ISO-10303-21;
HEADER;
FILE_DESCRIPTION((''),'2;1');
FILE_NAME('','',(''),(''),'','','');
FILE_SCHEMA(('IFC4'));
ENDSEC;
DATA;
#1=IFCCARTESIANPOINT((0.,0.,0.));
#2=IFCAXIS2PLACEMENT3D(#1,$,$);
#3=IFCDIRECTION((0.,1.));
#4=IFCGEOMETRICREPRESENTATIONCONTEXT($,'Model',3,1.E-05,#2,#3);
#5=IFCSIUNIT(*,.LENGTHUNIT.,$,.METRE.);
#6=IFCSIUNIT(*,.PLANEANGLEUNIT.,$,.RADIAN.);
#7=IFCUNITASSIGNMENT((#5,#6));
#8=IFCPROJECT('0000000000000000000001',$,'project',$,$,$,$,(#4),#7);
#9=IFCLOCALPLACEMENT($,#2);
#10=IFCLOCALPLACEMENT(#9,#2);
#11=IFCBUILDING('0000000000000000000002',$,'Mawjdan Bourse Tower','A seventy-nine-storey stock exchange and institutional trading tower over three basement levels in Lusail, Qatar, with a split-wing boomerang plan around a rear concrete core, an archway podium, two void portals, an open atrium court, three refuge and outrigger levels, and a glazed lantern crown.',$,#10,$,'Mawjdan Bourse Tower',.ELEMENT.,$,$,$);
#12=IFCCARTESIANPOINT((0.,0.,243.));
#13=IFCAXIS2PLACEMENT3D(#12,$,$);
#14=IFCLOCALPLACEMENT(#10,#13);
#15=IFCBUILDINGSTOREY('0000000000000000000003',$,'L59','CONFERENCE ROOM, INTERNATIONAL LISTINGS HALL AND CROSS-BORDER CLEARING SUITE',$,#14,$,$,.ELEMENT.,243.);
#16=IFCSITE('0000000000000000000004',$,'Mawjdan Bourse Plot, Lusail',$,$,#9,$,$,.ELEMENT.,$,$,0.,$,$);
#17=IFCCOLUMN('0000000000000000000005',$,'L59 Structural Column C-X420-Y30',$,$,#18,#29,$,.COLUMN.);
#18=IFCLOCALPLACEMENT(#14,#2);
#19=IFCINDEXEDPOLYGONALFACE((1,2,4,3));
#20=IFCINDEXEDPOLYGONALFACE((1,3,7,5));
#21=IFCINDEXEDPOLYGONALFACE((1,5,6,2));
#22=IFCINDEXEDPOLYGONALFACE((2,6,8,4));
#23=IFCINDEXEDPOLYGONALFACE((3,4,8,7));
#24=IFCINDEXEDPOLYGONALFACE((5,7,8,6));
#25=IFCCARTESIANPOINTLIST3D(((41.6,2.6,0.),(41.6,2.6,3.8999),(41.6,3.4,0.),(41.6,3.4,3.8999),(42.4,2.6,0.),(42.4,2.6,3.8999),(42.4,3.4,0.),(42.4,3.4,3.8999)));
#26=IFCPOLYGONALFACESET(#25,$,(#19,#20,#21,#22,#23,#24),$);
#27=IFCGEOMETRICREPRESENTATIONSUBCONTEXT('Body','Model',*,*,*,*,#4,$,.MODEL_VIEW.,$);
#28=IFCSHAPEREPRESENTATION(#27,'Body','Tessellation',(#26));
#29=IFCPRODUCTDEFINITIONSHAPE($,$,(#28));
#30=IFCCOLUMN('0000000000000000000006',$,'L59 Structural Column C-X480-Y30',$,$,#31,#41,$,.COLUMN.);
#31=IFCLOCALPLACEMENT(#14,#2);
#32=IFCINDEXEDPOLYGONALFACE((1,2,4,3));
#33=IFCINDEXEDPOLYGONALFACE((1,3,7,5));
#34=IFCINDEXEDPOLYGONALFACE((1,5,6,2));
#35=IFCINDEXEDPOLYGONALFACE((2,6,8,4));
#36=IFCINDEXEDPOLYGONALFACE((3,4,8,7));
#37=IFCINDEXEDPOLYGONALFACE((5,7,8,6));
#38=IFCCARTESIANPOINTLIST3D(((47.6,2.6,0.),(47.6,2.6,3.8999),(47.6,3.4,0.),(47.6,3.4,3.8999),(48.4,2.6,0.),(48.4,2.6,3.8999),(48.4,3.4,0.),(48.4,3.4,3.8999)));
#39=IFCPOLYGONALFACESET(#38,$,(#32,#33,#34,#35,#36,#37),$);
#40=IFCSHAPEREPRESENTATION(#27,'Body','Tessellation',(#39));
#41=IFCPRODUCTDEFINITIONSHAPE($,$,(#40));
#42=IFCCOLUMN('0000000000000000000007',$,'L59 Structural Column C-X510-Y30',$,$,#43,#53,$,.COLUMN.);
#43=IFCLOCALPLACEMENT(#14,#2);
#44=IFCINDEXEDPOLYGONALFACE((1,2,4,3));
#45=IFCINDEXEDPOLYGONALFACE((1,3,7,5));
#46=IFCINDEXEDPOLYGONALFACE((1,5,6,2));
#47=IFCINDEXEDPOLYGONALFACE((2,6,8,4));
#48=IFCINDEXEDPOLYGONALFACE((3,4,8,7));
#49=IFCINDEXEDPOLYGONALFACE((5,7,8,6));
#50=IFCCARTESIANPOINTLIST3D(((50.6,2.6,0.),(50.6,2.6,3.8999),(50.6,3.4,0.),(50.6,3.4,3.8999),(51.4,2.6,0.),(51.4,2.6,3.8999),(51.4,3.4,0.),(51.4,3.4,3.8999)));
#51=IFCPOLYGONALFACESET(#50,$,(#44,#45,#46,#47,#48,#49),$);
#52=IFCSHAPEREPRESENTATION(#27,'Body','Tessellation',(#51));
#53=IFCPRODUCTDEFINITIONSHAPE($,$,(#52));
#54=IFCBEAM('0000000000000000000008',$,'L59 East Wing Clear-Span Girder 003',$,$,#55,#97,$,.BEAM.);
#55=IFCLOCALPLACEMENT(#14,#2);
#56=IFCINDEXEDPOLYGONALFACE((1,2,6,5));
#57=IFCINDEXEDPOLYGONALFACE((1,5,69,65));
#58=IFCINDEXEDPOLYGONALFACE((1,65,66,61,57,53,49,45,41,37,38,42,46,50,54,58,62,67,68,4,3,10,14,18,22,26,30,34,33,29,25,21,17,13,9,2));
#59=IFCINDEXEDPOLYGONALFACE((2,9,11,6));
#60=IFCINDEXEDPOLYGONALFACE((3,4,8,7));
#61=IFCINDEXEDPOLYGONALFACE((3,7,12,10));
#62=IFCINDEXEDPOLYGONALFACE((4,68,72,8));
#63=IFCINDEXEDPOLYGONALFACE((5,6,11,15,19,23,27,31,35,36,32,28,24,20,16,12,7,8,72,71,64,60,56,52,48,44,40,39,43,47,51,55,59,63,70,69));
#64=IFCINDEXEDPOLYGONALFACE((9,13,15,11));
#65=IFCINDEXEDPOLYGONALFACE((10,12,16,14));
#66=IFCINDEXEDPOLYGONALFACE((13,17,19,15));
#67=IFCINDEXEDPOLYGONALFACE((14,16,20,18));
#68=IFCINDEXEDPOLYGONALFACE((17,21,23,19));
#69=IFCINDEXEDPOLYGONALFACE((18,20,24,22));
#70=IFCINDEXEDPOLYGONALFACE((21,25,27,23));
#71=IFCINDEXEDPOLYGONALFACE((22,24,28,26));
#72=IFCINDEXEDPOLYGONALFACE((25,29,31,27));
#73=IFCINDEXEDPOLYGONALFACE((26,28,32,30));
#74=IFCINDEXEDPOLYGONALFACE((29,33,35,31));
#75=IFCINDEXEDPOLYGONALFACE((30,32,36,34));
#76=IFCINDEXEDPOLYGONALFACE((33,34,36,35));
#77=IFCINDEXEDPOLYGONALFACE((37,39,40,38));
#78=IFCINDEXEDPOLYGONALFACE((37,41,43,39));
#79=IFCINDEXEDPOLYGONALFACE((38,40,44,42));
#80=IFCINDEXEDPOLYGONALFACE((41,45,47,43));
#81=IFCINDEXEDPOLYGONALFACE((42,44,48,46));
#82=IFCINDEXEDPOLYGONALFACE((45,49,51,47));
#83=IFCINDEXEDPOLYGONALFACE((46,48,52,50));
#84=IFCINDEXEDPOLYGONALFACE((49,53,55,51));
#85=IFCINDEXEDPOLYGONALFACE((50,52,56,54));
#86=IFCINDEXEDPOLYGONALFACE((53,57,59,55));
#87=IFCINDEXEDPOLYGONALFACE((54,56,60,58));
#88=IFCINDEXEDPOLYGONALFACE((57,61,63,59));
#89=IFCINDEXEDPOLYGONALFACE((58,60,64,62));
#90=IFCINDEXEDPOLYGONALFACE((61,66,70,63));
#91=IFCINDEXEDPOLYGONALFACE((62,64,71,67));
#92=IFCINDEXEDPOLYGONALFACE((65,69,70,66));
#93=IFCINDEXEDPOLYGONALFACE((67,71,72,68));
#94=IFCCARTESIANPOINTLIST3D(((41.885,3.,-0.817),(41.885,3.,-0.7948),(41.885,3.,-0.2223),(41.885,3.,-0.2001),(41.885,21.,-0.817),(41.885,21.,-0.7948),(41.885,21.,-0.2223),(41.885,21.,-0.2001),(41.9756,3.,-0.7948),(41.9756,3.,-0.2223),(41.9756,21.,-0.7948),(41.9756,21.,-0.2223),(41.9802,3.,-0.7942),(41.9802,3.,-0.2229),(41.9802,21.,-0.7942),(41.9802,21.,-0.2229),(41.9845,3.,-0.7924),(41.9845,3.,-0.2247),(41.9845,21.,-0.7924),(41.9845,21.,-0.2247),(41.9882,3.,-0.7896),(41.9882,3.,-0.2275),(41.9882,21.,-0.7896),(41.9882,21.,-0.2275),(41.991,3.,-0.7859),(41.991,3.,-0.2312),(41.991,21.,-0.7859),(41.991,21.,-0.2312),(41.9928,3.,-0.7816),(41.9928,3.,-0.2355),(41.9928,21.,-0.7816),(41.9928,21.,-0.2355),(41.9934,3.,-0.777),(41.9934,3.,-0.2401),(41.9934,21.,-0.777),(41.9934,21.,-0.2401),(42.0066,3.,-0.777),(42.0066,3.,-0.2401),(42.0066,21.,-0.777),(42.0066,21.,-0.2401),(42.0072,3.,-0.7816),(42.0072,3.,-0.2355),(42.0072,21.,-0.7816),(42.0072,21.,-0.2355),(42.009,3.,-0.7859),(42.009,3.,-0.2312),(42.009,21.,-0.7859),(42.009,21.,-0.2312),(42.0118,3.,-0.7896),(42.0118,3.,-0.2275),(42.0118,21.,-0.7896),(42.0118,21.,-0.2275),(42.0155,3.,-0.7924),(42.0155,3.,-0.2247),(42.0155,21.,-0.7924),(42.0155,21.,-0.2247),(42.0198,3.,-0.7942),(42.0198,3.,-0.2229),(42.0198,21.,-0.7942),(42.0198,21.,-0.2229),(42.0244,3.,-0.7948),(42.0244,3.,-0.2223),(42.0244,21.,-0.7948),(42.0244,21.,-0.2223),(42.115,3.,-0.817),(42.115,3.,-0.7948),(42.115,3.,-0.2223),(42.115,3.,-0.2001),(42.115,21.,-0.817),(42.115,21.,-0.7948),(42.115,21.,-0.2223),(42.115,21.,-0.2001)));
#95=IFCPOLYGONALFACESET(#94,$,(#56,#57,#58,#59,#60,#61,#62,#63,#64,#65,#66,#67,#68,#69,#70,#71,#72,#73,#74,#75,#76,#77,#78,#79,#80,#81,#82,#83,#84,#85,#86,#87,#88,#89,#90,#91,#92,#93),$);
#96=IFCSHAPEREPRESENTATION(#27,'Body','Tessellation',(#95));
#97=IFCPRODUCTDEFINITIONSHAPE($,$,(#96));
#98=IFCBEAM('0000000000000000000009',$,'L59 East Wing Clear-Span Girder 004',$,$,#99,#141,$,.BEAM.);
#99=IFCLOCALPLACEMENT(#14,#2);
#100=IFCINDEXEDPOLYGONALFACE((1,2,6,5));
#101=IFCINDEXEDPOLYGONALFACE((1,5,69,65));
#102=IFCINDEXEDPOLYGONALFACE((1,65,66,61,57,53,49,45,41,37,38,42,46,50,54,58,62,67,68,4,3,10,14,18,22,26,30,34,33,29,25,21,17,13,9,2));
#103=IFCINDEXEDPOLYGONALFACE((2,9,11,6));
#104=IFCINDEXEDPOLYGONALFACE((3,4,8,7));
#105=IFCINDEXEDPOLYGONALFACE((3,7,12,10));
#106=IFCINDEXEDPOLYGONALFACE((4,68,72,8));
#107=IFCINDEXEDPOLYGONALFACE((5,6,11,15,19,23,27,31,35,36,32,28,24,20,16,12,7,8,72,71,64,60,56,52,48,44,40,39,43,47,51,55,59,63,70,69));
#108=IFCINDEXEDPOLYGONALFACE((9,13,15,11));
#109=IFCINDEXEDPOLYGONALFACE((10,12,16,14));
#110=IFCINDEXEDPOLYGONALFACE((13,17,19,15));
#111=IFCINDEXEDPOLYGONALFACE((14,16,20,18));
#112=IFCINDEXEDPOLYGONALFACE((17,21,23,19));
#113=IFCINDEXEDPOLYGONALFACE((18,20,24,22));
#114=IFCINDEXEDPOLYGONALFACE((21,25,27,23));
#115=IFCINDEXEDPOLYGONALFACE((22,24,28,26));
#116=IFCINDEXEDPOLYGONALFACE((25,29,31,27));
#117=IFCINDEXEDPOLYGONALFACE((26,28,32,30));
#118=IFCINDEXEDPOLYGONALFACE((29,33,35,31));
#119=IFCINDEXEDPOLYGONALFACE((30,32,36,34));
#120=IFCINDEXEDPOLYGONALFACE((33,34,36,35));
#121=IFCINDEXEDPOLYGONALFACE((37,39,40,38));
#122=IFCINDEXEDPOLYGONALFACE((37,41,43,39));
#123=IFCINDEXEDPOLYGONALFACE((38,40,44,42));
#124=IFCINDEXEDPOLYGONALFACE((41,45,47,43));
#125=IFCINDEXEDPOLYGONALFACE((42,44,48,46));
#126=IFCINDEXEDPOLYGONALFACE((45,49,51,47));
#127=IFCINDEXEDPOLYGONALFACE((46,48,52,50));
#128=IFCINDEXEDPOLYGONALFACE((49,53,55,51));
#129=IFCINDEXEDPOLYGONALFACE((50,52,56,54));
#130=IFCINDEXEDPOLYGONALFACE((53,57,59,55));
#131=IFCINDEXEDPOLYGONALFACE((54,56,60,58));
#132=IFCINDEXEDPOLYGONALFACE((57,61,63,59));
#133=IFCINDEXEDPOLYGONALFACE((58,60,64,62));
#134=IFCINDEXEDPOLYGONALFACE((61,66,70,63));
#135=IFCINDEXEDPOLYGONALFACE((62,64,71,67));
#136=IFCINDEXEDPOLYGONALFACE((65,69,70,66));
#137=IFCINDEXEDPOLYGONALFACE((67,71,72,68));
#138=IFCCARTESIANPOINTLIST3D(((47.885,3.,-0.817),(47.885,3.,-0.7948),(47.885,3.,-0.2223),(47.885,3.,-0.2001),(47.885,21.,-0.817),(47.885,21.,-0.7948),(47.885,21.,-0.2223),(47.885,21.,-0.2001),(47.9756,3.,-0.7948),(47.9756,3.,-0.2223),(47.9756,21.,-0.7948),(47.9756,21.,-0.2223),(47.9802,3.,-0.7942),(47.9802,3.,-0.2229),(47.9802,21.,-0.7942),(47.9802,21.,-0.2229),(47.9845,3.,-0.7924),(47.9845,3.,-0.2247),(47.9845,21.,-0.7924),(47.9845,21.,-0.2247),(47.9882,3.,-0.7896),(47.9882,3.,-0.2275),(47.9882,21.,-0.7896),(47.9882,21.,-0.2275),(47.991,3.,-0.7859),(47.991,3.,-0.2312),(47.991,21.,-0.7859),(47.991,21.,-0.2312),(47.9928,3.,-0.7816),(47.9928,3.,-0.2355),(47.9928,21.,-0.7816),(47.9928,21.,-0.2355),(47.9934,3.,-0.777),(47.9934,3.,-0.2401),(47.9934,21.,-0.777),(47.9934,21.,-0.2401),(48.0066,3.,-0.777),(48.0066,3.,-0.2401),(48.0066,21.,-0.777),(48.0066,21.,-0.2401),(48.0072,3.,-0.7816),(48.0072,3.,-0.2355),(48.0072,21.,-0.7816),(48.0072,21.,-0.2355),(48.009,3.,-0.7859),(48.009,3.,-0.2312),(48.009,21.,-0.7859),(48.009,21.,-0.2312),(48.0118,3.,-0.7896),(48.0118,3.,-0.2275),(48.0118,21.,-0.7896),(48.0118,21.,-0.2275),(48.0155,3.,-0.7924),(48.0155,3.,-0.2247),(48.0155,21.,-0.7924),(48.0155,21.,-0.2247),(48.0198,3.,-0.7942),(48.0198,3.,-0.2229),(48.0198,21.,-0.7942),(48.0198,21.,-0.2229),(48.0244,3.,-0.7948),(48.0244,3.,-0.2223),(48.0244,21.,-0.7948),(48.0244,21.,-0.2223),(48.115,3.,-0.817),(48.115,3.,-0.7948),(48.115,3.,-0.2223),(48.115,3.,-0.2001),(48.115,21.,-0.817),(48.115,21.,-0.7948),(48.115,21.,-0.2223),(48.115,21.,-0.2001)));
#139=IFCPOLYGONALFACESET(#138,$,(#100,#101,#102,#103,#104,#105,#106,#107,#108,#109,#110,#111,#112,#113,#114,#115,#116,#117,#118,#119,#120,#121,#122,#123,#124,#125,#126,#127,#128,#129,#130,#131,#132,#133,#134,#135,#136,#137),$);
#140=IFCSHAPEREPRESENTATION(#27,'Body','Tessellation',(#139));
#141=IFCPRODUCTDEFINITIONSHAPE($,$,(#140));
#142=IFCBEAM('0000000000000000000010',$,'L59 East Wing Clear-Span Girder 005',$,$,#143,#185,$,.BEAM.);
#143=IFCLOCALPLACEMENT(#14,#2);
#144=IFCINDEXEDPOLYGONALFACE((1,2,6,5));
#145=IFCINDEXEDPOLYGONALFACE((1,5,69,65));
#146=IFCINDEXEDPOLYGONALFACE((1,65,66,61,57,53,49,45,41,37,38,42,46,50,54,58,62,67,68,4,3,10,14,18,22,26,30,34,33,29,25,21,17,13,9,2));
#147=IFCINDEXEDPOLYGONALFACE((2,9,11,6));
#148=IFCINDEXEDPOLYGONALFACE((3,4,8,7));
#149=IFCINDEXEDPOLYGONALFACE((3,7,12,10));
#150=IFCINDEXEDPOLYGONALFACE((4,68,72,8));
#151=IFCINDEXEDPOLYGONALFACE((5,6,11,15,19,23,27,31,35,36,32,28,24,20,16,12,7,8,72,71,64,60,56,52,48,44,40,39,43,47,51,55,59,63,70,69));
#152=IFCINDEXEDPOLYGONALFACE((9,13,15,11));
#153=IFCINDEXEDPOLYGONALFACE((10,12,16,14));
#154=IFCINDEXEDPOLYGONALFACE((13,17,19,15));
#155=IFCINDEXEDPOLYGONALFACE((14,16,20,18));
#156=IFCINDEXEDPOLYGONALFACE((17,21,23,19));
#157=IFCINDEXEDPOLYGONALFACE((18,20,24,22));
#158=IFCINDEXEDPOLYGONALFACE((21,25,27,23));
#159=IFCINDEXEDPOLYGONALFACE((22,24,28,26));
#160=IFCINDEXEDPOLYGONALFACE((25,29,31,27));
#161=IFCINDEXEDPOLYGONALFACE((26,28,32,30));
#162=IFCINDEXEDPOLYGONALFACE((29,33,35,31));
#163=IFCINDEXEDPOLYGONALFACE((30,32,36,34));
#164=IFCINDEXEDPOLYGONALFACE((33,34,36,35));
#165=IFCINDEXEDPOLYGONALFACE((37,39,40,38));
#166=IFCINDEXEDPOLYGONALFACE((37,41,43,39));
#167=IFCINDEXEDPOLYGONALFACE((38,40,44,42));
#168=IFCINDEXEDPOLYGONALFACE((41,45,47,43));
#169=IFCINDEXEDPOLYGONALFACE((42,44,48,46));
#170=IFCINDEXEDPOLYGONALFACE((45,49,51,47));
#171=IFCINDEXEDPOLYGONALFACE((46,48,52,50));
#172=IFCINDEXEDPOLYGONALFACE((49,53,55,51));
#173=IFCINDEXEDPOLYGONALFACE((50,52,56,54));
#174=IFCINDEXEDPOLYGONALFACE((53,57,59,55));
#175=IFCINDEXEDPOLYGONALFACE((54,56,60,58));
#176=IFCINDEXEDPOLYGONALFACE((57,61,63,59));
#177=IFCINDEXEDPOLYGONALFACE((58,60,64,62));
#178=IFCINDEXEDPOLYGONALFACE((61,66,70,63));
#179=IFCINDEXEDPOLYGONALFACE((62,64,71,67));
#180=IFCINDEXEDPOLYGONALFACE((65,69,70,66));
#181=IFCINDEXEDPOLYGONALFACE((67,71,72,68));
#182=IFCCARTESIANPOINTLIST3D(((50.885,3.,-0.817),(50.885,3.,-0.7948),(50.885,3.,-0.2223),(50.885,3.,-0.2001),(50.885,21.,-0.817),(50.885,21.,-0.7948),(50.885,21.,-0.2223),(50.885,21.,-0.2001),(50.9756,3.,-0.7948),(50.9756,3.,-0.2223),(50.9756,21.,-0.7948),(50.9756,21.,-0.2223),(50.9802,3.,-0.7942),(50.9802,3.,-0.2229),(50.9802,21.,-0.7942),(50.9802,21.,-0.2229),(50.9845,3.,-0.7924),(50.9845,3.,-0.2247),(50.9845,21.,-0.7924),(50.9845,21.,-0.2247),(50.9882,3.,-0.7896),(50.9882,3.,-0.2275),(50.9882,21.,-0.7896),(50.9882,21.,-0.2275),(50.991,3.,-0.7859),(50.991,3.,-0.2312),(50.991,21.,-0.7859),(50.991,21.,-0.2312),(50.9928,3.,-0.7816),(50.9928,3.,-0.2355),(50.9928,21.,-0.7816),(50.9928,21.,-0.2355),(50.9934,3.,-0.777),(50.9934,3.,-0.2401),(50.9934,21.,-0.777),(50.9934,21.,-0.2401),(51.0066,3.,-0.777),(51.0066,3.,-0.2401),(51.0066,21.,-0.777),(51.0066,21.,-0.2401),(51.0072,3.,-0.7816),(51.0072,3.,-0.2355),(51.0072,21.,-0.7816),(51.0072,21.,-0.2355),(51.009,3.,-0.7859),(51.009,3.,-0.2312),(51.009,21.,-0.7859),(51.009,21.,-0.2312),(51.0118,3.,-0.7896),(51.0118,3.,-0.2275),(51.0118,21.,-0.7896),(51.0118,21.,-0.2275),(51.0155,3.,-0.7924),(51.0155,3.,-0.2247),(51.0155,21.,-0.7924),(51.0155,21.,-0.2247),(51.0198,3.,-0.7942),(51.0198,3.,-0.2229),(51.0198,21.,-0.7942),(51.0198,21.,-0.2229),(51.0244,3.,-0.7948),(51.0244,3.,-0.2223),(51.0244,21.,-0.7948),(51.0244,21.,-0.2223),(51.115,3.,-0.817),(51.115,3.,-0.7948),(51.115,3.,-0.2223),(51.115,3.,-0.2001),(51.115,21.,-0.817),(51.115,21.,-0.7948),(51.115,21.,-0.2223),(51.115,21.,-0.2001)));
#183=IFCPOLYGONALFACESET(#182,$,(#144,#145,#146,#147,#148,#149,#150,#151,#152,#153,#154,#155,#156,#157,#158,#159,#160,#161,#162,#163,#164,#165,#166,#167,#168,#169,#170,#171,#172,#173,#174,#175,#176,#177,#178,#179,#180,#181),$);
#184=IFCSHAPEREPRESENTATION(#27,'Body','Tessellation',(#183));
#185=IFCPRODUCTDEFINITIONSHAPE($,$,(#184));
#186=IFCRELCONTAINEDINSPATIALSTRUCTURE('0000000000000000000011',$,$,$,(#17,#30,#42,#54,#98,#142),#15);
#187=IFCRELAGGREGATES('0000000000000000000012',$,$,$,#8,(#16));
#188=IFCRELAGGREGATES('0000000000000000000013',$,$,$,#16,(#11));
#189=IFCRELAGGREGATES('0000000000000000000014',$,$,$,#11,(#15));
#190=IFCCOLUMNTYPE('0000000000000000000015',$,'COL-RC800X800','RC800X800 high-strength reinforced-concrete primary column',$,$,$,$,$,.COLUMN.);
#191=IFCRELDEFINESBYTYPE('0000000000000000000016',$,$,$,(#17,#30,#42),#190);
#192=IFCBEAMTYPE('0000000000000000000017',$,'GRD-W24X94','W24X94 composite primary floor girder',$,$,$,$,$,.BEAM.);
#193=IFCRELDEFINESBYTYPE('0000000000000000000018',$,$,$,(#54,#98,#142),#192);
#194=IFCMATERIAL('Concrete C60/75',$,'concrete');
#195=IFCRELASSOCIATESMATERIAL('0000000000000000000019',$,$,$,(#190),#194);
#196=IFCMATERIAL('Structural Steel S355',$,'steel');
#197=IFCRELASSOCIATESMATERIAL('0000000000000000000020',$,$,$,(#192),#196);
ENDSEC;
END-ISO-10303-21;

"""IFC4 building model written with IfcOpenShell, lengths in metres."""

from ifc_helpers import new_model, si_unit, direction, frame, origin, origin_2d, place, context, subcontext, project, spatial, rectangle, i_section, extrude, material, material_profile, profile_set, type_object, element, save


model = new_model("IFC4")

# Units and contexts
model_context = context("Model", 3, precision=1e-05, world=origin(), true_north=direction((0.0, 1.0)))
body_context = subcontext(model_context, "Body", "Model", "MODEL_VIEW")
ifc_project = project(units=[si_unit("LENGTHUNIT", "METRE"), si_unit("PLANEANGLEUNIT", "RADIAN")], contexts=[model_context])

# Site, building, storey
site_placement = place(None, origin())
site = spatial("IfcSite", under=ifc_project, at=site_placement, Name="Mawjdan Bourse Plot, Lusail", CompositionType="ELEMENT", RefElevation=0.0)
building_placement = place(site_placement, origin())
building = spatial("IfcBuilding", under=site, at=building_placement, Name="Mawjdan Bourse Tower", Description="A seventy-nine-storey stock exchange and institutional trading tower over three basement levels in Lusail, Qatar, with a split-wing boomerang plan around a rear concrete core, an archway podium, two void portals, an open atrium court, three refuge and outrigger levels, and a glazed lantern crown.", LongName="Mawjdan Bourse Tower", CompositionType="ELEMENT")
storey_placement = place(building_placement, frame((0.0, 0.0, 243.0)))
storey = spatial("IfcBuildingStorey", under=building, at=storey_placement, Name="L59", Description="CONFERENCE ROOM, INTERNATIONAL LISTINGS HALL AND CROSS-BORDER CLEARING SUITE", CompositionType="ELEMENT", Elevation=243.0)

# Columns
ifc_material_1 = material(Name="Concrete C60/75", Category="concrete")
ifc_material_profile_1 = material_profile(ifc_material_1, rectangle(XDim=0.8, YDim=0.8, at=origin_2d()), Name="RC800X800")
ifc_profile_set_1 = profile_set([ifc_material_profile_1], Name="Concrete C60/75")
column_type = type_object("IfcColumnType", Name="COL-RC800X800", Description="RC800X800 high-strength reinforced-concrete primary column", PredefinedType="COLUMN", material=ifc_profile_set_1)
for number, where, z_axis, x_axis, name in (
    (1, (42.0, 3.0, 0.0), (0.0, 0.0, 1.0), (1.0, 0.0, 0.0), "L59 Structural Column C-X420-Y30"),
    (2, (48.0, 3.0, 0.0), (0.0, 0.0, 1.0), (1.0, 0.0, 0.0), "L59 Structural Column C-X480-Y30"),
    (3, (51.0, 3.0, 0.0), (0.0, 0.0, 1.0), (1.0, 0.0, 0.0), "L59 Structural Column C-X510-Y30"),
):
    element("IfcColumn", number, at=place(storey_placement, frame(where, z_axis=z_axis, x_axis=x_axis)), inside=storey, type_object=column_type, Name=name, PredefinedType="COLUMN", context=body_context, shape_type="SweptSolid", body=[
        extrude(rectangle(XDim=0.8, YDim=0.8, at=origin_2d()), origin(), (0.0, 0.0, 1.0), 3.8999),
    ])

# Beams
ifc_material_2 = material(Name="Structural Steel S355", Category="steel")
ifc_material_profile_2 = material_profile(ifc_material_2, i_section(OverallWidth=0.23, OverallDepth=0.6169, WebThickness=0.0132, FlangeThickness=0.0222, FilletRadius=0.0178, at=origin_2d()), Name="W24X94")
ifc_profile_set_2 = profile_set([ifc_material_profile_2], Name="Structural Steel S355")
beam_type_1 = type_object("IfcBeamType", Name="GRD-W24X94", Description="W24X94 composite primary floor girder", PredefinedType="BEAM", material=ifc_profile_set_2)
for number, where, z_axis, x_axis, name in (
    (4, (42.0, 3.0, -0.5085), (0.0, 1.0, 0.0), (-1.0, 0.0, 0.0), "L59 East Wing Clear-Span Girder 003"),
    (5, (48.0, 3.0, -0.5085), (0.0, 1.0, 0.0), (-1.0, 0.0, 0.0), "L59 East Wing Clear-Span Girder 004"),
    (6, (51.0, 3.0, -0.5085), (0.0, 1.0, 0.0), (-1.0, 0.0, 0.0), "L59 East Wing Clear-Span Girder 005"),
):
    element("IfcBeam", number, at=place(storey_placement, frame(where, z_axis=z_axis, x_axis=x_axis)), inside=storey, type_object=beam_type_1, Name=name, PredefinedType="BEAM", context=body_context, shape_type="SweptSolid", body=[
        extrude(i_section(OverallWidth=0.23, OverallDepth=0.6169, WebThickness=0.0132, FlangeThickness=0.0222, FilletRadius=0.0178, at=origin_2d()), origin(), (0.0, 0.0, 1.0), 18.0),
    ])

save(model, "model.ifc")
